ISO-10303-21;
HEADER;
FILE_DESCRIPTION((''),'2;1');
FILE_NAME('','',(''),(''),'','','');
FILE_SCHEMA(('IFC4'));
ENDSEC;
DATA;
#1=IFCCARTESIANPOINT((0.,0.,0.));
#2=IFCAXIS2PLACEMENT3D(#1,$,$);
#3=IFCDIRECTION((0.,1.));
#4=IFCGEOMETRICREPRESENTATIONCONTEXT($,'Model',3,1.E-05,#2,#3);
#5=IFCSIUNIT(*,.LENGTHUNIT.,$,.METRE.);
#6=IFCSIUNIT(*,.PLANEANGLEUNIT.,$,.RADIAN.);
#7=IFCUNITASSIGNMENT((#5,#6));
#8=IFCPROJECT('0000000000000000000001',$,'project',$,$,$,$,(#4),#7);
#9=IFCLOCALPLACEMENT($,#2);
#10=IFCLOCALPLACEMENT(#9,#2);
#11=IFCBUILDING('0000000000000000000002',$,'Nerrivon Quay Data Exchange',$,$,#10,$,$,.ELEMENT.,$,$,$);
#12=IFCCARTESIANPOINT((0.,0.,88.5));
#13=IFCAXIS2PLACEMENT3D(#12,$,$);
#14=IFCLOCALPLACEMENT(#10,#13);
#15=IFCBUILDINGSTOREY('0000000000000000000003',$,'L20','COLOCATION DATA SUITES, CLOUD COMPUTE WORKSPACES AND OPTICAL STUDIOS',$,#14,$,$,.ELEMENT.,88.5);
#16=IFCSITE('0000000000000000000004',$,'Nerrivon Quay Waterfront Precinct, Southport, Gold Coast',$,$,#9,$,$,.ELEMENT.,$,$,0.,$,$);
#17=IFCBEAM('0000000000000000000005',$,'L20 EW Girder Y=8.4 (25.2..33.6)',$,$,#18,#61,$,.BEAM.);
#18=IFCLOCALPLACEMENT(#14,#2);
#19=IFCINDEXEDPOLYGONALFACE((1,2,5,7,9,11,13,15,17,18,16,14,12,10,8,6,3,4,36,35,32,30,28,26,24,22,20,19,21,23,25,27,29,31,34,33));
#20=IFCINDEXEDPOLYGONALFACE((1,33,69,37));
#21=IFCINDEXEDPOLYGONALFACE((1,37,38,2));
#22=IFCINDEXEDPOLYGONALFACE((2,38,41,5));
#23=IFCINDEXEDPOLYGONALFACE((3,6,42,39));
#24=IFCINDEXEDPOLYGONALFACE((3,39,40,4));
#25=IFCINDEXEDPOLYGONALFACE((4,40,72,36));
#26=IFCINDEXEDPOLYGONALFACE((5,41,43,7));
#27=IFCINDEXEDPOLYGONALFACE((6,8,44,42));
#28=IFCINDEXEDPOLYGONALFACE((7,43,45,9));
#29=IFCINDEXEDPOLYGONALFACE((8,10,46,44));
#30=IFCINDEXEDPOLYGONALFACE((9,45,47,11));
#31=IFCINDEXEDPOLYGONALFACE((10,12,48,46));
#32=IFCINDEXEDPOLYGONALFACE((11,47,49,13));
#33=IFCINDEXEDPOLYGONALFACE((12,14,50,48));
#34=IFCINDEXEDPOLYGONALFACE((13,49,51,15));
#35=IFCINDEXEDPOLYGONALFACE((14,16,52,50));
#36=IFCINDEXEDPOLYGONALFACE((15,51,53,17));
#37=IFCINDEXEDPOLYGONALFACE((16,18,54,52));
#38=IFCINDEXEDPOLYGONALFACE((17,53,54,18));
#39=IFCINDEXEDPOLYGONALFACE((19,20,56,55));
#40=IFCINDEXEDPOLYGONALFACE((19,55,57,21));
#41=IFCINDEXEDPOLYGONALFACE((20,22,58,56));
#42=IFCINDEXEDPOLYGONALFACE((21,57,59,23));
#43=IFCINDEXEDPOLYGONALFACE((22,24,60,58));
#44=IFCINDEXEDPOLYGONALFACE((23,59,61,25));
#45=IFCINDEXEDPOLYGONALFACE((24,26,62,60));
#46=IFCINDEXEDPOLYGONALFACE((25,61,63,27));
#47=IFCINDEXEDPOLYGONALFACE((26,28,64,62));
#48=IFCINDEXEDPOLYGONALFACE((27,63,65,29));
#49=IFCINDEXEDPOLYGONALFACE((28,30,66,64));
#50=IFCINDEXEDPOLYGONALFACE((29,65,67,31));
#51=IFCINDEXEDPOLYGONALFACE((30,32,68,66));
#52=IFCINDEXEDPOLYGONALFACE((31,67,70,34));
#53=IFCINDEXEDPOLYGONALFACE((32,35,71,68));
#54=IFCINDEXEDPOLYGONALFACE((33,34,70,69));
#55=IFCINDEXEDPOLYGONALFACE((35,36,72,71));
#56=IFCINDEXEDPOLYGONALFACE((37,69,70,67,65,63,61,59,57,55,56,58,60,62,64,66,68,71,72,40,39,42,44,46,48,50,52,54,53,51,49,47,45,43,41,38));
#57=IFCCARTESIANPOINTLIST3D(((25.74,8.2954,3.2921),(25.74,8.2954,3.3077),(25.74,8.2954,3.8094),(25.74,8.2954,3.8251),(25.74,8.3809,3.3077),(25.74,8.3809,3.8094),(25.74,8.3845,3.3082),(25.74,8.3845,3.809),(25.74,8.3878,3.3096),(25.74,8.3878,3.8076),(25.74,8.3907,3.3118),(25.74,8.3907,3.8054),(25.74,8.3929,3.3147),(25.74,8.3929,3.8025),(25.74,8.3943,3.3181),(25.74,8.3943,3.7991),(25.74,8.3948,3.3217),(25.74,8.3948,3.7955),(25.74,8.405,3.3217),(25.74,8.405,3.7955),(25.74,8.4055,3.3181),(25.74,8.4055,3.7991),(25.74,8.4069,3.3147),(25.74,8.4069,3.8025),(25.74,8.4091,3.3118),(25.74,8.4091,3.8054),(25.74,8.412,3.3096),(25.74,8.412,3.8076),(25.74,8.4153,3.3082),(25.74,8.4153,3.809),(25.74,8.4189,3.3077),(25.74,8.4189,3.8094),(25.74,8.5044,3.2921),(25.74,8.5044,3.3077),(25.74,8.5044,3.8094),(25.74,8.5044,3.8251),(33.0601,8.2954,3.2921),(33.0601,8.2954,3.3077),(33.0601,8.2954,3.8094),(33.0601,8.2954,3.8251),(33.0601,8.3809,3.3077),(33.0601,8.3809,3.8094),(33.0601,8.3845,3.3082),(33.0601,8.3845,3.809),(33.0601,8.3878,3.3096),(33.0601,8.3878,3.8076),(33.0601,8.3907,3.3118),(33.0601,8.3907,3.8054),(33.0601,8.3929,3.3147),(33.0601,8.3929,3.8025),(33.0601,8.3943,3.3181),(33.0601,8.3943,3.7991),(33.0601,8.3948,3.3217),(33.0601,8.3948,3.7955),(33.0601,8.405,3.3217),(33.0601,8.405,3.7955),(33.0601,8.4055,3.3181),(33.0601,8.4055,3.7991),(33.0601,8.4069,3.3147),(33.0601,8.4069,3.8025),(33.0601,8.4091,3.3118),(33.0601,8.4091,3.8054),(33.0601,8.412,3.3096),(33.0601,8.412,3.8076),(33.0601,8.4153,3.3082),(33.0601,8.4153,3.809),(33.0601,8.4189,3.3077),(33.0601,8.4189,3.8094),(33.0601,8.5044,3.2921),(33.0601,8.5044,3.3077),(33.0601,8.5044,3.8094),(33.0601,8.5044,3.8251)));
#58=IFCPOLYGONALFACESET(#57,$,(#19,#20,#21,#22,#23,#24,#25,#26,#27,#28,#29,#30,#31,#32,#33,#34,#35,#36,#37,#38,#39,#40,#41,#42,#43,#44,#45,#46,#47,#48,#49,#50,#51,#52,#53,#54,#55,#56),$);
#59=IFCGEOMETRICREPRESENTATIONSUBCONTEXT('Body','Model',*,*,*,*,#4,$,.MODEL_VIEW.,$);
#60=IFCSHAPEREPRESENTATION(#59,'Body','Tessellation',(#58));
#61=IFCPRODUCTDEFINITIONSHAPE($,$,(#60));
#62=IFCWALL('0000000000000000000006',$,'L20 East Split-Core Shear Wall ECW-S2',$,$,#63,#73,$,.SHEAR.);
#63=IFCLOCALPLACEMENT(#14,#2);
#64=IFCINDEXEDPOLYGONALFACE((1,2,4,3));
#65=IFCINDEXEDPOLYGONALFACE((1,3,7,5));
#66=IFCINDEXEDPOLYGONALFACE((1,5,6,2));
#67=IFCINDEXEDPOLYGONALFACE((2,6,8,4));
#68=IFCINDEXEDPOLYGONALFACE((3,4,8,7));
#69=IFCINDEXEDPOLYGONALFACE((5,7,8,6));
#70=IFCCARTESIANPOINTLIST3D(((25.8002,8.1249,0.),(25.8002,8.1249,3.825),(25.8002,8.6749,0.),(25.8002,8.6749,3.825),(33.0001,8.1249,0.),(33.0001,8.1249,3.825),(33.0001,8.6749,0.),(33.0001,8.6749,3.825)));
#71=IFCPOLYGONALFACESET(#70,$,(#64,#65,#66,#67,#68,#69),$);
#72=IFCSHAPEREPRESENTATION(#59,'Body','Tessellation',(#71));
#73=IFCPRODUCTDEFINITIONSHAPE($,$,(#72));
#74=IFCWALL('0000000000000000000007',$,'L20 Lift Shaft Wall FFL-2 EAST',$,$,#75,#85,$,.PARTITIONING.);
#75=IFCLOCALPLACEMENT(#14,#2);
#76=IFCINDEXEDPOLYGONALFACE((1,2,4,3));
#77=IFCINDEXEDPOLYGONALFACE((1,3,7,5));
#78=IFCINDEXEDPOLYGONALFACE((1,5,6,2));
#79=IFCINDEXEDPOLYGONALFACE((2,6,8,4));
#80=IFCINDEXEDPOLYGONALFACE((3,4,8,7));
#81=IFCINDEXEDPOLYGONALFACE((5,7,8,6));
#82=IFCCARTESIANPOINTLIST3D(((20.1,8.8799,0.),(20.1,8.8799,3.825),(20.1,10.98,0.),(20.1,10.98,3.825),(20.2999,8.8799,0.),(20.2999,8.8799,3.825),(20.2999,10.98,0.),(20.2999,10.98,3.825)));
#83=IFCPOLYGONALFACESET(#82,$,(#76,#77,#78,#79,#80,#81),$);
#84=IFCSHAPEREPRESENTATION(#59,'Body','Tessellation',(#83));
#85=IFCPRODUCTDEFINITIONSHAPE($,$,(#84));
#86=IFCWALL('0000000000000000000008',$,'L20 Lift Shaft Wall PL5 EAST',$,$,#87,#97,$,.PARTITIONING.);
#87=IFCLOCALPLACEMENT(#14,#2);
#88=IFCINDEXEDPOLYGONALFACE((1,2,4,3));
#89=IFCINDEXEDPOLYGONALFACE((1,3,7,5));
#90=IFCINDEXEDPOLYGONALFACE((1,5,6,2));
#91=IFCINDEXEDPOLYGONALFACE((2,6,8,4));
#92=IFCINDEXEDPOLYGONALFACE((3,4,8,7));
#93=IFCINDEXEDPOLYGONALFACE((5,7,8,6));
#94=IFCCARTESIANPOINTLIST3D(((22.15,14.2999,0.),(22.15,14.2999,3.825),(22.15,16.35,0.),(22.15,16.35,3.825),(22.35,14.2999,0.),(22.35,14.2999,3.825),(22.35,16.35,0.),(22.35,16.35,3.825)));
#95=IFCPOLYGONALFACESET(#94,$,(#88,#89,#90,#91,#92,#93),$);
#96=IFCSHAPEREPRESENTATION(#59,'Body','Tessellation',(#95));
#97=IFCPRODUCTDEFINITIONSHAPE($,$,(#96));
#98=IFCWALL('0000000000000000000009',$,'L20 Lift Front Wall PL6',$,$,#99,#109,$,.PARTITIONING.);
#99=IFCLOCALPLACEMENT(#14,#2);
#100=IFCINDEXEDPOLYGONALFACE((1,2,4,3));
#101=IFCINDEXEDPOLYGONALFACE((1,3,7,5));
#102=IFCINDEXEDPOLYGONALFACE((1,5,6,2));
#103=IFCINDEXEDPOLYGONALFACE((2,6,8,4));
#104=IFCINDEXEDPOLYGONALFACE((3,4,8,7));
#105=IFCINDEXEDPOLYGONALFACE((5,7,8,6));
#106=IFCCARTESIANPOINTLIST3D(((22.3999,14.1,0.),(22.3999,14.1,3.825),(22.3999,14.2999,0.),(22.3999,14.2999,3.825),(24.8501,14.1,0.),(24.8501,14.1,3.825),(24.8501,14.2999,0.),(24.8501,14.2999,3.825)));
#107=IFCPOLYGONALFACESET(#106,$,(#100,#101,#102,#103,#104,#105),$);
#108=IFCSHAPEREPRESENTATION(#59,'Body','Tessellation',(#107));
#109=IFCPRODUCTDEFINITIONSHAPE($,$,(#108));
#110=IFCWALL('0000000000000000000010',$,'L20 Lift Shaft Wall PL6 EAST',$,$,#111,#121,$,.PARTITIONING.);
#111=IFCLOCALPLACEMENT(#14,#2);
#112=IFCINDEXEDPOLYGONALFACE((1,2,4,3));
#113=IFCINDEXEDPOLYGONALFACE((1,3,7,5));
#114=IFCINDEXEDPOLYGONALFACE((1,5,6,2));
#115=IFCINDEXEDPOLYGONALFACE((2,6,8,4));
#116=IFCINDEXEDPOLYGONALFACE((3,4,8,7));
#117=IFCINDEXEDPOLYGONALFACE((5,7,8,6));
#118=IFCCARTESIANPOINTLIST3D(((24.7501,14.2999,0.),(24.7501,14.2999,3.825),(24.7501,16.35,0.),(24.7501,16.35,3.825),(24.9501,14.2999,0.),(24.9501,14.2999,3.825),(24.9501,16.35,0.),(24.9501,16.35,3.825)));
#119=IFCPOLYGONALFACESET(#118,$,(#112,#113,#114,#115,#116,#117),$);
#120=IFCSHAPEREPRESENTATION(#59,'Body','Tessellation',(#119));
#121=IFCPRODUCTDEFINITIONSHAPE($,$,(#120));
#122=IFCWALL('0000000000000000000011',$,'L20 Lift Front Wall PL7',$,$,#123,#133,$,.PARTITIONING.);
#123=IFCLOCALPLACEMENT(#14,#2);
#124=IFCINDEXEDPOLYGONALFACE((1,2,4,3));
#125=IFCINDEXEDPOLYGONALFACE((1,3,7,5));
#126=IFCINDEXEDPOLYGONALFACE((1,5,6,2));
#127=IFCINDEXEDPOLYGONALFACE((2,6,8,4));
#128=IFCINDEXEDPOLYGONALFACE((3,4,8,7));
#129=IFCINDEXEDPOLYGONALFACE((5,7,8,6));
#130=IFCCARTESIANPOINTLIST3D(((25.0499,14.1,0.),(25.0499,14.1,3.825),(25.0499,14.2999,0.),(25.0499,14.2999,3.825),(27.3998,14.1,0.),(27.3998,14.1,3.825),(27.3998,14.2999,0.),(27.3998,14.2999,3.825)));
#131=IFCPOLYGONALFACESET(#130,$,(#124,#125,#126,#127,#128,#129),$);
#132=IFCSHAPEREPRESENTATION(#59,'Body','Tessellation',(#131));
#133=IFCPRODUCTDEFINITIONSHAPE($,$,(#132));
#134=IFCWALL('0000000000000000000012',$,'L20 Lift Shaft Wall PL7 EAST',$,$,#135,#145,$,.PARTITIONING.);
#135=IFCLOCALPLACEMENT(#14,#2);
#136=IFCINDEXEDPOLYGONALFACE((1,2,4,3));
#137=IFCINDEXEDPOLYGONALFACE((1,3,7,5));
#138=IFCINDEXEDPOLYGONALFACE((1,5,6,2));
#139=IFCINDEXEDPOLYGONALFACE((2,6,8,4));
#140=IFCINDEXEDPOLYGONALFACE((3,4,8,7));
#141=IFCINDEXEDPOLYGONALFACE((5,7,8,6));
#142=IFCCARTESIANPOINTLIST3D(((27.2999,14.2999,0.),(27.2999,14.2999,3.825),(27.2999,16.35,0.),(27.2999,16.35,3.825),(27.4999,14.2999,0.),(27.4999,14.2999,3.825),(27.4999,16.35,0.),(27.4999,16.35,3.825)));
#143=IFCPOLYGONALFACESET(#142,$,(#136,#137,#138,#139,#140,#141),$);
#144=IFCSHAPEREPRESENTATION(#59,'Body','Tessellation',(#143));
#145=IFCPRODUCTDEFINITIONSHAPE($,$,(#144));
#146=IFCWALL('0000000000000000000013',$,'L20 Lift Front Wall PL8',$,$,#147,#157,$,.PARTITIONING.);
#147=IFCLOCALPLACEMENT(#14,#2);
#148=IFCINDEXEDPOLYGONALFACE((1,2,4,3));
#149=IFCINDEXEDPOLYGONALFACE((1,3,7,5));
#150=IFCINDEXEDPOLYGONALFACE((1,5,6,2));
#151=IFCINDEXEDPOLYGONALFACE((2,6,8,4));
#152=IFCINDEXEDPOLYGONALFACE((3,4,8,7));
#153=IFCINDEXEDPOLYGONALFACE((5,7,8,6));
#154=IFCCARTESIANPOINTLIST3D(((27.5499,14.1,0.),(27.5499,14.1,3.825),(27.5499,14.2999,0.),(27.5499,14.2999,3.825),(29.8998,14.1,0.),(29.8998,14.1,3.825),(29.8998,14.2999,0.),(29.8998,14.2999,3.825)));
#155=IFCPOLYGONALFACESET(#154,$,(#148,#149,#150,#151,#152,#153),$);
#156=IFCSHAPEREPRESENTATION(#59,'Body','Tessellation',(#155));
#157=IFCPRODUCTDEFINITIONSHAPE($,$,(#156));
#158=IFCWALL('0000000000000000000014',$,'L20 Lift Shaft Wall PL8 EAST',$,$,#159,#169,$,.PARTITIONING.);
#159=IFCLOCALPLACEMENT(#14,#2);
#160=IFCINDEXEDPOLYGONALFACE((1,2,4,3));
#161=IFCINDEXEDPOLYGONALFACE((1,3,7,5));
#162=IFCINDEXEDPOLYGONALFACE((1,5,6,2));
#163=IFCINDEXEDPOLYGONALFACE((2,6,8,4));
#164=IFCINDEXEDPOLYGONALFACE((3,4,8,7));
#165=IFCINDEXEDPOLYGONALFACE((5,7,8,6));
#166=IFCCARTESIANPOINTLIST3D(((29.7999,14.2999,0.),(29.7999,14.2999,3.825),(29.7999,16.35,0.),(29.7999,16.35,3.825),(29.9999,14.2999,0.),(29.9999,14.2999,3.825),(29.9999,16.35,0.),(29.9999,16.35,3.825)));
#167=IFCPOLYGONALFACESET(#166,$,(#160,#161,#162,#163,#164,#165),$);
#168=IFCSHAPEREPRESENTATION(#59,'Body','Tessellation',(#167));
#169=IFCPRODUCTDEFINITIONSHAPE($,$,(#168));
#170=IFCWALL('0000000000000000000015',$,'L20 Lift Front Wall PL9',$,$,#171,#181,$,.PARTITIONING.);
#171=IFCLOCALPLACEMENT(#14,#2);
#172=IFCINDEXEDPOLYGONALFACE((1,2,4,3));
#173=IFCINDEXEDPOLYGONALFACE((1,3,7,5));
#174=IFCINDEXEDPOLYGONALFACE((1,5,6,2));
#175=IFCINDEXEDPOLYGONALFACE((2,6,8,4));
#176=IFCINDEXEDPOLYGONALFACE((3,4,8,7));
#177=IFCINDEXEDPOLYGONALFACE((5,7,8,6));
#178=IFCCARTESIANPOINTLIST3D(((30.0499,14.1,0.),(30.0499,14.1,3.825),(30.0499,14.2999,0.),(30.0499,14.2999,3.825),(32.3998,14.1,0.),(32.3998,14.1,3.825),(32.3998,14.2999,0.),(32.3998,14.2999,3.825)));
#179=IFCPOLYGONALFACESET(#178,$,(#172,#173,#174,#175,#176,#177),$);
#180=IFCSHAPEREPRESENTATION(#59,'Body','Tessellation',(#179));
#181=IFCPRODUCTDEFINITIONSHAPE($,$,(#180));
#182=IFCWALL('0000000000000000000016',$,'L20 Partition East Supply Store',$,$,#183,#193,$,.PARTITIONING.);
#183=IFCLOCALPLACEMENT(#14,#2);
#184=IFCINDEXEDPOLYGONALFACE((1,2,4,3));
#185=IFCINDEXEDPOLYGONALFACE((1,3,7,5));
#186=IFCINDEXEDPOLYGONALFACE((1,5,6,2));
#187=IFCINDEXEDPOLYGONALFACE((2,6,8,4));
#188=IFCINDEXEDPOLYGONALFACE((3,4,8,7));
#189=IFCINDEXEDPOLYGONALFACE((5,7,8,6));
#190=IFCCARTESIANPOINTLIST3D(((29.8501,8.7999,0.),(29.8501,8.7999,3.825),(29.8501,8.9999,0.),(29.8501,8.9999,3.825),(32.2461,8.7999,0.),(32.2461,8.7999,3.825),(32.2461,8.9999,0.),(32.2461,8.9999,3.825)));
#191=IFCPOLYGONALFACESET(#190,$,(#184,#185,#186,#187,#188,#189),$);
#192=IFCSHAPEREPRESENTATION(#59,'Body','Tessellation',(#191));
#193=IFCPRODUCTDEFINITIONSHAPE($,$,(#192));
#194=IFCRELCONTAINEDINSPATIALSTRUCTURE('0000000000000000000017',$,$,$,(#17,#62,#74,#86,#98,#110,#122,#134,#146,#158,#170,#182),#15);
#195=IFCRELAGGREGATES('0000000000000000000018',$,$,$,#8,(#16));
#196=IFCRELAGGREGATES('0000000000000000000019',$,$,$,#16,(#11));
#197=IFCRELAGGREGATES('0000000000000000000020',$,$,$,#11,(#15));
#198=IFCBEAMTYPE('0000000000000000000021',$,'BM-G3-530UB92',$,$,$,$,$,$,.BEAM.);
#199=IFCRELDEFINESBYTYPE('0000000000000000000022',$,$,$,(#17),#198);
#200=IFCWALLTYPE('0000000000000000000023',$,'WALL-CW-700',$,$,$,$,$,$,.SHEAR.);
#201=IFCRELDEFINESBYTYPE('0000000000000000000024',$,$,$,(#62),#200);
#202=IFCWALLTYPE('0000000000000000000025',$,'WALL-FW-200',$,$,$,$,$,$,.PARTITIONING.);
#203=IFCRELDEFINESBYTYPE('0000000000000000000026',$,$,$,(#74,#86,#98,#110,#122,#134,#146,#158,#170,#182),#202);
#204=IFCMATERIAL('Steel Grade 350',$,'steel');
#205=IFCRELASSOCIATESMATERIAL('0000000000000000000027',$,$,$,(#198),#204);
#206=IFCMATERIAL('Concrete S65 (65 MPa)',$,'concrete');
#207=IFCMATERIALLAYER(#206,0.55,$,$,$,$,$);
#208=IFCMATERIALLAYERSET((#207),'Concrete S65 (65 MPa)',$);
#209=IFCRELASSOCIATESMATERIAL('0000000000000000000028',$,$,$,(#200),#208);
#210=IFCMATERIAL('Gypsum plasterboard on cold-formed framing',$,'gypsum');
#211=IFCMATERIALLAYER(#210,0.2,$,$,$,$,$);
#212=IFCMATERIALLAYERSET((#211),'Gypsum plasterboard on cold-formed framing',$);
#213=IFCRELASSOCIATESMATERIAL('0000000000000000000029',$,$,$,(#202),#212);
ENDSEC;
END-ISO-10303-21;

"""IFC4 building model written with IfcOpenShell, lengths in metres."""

from ifc_helpers import new_model, si_unit, direction, frame, frame_2d, origin, origin_2d, place, context, subcontext, project, spatial, rectangle, i_section, extrude, material, layer, layer_set, material_profile, profile_set, type_object, element, save


model = new_model("IFC4")

# Units and contexts
model_context = context("Model", 3, precision=1e-05, world=origin(), true_north=direction((0.0, 1.0)))
body_context = subcontext(model_context, "Body", "Model", "MODEL_VIEW")
ifc_project = project(units=[si_unit("LENGTHUNIT", "METRE"), si_unit("PLANEANGLEUNIT", "RADIAN")], contexts=[model_context])

# Site, building, storey
site_placement = place(None, origin())
site = spatial("IfcSite", under=ifc_project, at=site_placement, Name="Nerrivon Quay Waterfront Precinct, Southport, Gold Coast", CompositionType="ELEMENT", RefElevation=0.0)
building_placement = place(site_placement, origin())
building = spatial("IfcBuilding", under=site, at=building_placement, Name="Nerrivon Quay Data Exchange", CompositionType="ELEMENT")
storey_placement = place(building_placement, frame((0.0, 0.0, 88.5)))
storey = spatial("IfcBuildingStorey", under=building, at=storey_placement, Name="L20", Description="COLOCATION DATA SUITES, CLOUD COMPUTE WORKSPACES AND OPTICAL STUDIOS", CompositionType="ELEMENT", Elevation=88.5)

# Beam
ifc_material_1 = material(Name="Steel Grade 350", Category="steel")
ifc_material_profile = material_profile(ifc_material_1, i_section(OverallWidth=0.209, OverallDepth=0.533, WebThickness=0.0103, FlangeThickness=0.0156, FilletRadius=0.0139, at=origin_2d()), Name="530UB92.4")
ifc_profile_set = profile_set([ifc_material_profile], Name="Steel Grade 350")
beam_type = type_object("IfcBeamType", Name="BM-G3-530UB92", PredefinedType="BEAM", material=ifc_profile_set)
beam_placement = place(storey_placement, frame((25.74, 8.3999, 3.5586), z_axis=(1.0, 0.0, 0.0), x_axis=(0.0, 1.0, 0.0)))
element("IfcBeam", 1, at=beam_placement, inside=storey, type_object=beam_type, Name="L20 EW Girder Y=8.4 (25.2..33.6)", PredefinedType="BEAM", context=body_context, shape_type="SweptSolid", body=[
    extrude(i_section(OverallWidth=0.209, OverallDepth=0.533, WebThickness=0.0103, FlangeThickness=0.0156, FilletRadius=0.0139, at=origin_2d()), origin(), (0.0, 0.0, 1.0), 7.3201),
])

# Wall
ifc_material_2 = material(Name="Concrete S65 (65 MPa)", Category="concrete")
ifc_layer_1 = layer(ifc_material_2, 0.55)
ifc_layer_set_1 = layer_set([ifc_layer_1], Name="Concrete S65 (65 MPa)")
wall_type_1 = type_object("IfcWallType", Name="WALL-CW-700", PredefinedType="SHEAR", material=ifc_layer_set_1)
wall_1_placement = place(storey_placement, frame((25.8, 8.3999, 0.0), z_axis=(0.0, 0.0, 1.0), x_axis=(1.0, 0.0, 0.0)))
element("IfcWall", 2, at=wall_1_placement, inside=storey, type_object=wall_type_1, Name="L20 East Split-Core Shear Wall ECW-S2", PredefinedType="SHEAR", context=body_context, shape_type="SweptSolid", body=[
    extrude(rectangle(XDim=7.2, YDim=0.55, at=frame_2d((3.6001, 0.0))), origin(), (0.0, 0.0, 1.0), 3.825),
])

# Walls
ifc_material_3 = material(Name="Gypsum plasterboard on cold-formed framing", Category="gypsum")
ifc_layer_2 = layer(ifc_material_3, 0.2)
ifc_layer_set_2 = layer_set([ifc_layer_2], Name="Gypsum plasterboard on cold-formed framing")
wall_type_2 = type_object("IfcWallType", Name="WALL-FW-200", PredefinedType="PARTITIONING", material=ifc_layer_set_2)
wall_2_placement = place(storey_placement, frame((20.2, 8.8799, 0.0), z_axis=(0.0, 0.0, 1.0), x_axis=(0.0, 1.0, 0.0)))
element("IfcWall", 3, at=wall_2_placement, inside=storey, type_object=wall_type_2, Name="L20 Lift Shaft Wall FFL-2 EAST", PredefinedType="PARTITIONING", context=body_context, shape_type="SweptSolid", body=[
    extrude(rectangle(XDim=2.1001, YDim=0.2, at=frame_2d((1.05, 0.0))), origin(), (0.0, 0.0, 1.0), 3.825),
])
wall_3_placement = place(storey_placement, frame((22.25, 14.3, 0.0), z_axis=(0.0, 0.0, 1.0), x_axis=(0.0, 1.0, 0.0)))
element("IfcWall", 4, at=wall_3_placement, inside=storey, type_object=wall_type_2, Name="L20 Lift Shaft Wall PL5 EAST", PredefinedType="PARTITIONING", context=body_context, shape_type="SweptSolid", body=[
    extrude(rectangle(XDim=2.05, YDim=0.2, at=frame_2d((1.0249, 0.0))), origin(), (0.0, 0.0, 1.0), 3.825),
])
wall_4_placement = place(storey_placement, frame((22.3999, 14.2, 0.0), z_axis=(0.0, 0.0, 1.0), x_axis=(1.0, 0.0, 0.0)))
element("IfcWall", 5, at=wall_4_placement, inside=storey, type_object=wall_type_2, Name="L20 Lift Front Wall PL6", PredefinedType="PARTITIONING", context=body_context, shape_type="SweptSolid", body=[
    extrude(rectangle(XDim=2.4502, YDim=0.2, at=frame_2d((1.2251, 0.0))), origin(), (0.0, 0.0, 1.0), 3.825),
])
wall_5_placement = place(storey_placement, frame((24.8501, 14.3, 0.0), z_axis=(0.0, 0.0, 1.0), x_axis=(0.0, 1.0, 0.0)))
element("IfcWall", 6, at=wall_5_placement, inside=storey, type_object=wall_type_2, Name="L20 Lift Shaft Wall PL6 EAST", PredefinedType="PARTITIONING", context=body_context, shape_type="SweptSolid", body=[
    extrude(rectangle(XDim=2.05, YDim=0.2, at=frame_2d((1.0249, 0.0))), origin(), (0.0, 0.0, 1.0), 3.825),
])
wall_6_placement = place(storey_placement, frame((25.05, 14.2, 0.0), z_axis=(0.0, 0.0, 1.0), x_axis=(1.0, 0.0, 0.0)))
element("IfcWall", 7, at=wall_6_placement, inside=storey, type_object=wall_type_2, Name="L20 Lift Front Wall PL7", PredefinedType="PARTITIONING", context=body_context, shape_type="SweptSolid", body=[
    extrude(rectangle(XDim=2.3499, YDim=0.2, at=frame_2d((1.1748, 0.0))), origin(), (0.0, 0.0, 1.0), 3.825),
])
wall_7_placement = place(storey_placement, frame((27.3999, 14.3, 0.0), z_axis=(0.0, 0.0, 1.0), x_axis=(0.0, 1.0, 0.0)))
element("IfcWall", 8, at=wall_7_placement, inside=storey, type_object=wall_type_2, Name="L20 Lift Shaft Wall PL7 EAST", PredefinedType="PARTITIONING", context=body_context, shape_type="SweptSolid", body=[
    extrude(rectangle(XDim=2.05, YDim=0.2, at=frame_2d((1.0249, 0.0))), origin(), (0.0, 0.0, 1.0), 3.825),
])
wall_8_placement = place(storey_placement, frame((27.55, 14.2, 0.0), z_axis=(0.0, 0.0, 1.0), x_axis=(1.0, 0.0, 0.0)))
element("IfcWall", 9, at=wall_8_placement, inside=storey, type_object=wall_type_2, Name="L20 Lift Front Wall PL8", PredefinedType="PARTITIONING", context=body_context, shape_type="SweptSolid", body=[
    extrude(rectangle(XDim=2.3499, YDim=0.2, at=frame_2d((1.1748, 0.0))), origin(), (0.0, 0.0, 1.0), 3.825),
])
wall_9_placement = place(storey_placement, frame((29.8999, 14.3, 0.0), z_axis=(0.0, 0.0, 1.0), x_axis=(0.0, 1.0, 0.0)))
element("IfcWall", 10, at=wall_9_placement, inside=storey, type_object=wall_type_2, Name="L20 Lift Shaft Wall PL8 EAST", PredefinedType="PARTITIONING", context=body_context, shape_type="SweptSolid", body=[
    extrude(rectangle(XDim=2.05, YDim=0.2, at=frame_2d((1.0249, 0.0))), origin(), (0.0, 0.0, 1.0), 3.825),
])
wall_10_placement = place(storey_placement, frame((30.05, 14.2, 0.0), z_axis=(0.0, 0.0, 1.0), x_axis=(1.0, 0.0, 0.0)))
element("IfcWall", 11, at=wall_10_placement, inside=storey, type_object=wall_type_2, Name="L20 Lift Front Wall PL9", PredefinedType="PARTITIONING", context=body_context, shape_type="SweptSolid", body=[
    extrude(rectangle(XDim=2.3499, YDim=0.2, at=frame_2d((1.1748, 0.0))), origin(), (0.0, 0.0, 1.0), 3.825),
])

# Wall
wall_11_placement = place(storey_placement, frame((29.8501, 8.8999, 0.0), z_axis=(0.0, 0.0, 1.0), x_axis=(1.0, 0.0, 0.0)))
element("IfcWall", 12, at=wall_11_placement, inside=storey, type_object=wall_type_2, Name="L20 Partition East Supply Store", PredefinedType="PARTITIONING", context=body_context, shape_type="SweptSolid", body=[
    extrude(rectangle(XDim=2.396, YDim=0.2, at=frame_2d((1.198, 0.0))), origin(), (0.0, 0.0, 1.0), 3.825),
])

save(model, "model.ifc")
